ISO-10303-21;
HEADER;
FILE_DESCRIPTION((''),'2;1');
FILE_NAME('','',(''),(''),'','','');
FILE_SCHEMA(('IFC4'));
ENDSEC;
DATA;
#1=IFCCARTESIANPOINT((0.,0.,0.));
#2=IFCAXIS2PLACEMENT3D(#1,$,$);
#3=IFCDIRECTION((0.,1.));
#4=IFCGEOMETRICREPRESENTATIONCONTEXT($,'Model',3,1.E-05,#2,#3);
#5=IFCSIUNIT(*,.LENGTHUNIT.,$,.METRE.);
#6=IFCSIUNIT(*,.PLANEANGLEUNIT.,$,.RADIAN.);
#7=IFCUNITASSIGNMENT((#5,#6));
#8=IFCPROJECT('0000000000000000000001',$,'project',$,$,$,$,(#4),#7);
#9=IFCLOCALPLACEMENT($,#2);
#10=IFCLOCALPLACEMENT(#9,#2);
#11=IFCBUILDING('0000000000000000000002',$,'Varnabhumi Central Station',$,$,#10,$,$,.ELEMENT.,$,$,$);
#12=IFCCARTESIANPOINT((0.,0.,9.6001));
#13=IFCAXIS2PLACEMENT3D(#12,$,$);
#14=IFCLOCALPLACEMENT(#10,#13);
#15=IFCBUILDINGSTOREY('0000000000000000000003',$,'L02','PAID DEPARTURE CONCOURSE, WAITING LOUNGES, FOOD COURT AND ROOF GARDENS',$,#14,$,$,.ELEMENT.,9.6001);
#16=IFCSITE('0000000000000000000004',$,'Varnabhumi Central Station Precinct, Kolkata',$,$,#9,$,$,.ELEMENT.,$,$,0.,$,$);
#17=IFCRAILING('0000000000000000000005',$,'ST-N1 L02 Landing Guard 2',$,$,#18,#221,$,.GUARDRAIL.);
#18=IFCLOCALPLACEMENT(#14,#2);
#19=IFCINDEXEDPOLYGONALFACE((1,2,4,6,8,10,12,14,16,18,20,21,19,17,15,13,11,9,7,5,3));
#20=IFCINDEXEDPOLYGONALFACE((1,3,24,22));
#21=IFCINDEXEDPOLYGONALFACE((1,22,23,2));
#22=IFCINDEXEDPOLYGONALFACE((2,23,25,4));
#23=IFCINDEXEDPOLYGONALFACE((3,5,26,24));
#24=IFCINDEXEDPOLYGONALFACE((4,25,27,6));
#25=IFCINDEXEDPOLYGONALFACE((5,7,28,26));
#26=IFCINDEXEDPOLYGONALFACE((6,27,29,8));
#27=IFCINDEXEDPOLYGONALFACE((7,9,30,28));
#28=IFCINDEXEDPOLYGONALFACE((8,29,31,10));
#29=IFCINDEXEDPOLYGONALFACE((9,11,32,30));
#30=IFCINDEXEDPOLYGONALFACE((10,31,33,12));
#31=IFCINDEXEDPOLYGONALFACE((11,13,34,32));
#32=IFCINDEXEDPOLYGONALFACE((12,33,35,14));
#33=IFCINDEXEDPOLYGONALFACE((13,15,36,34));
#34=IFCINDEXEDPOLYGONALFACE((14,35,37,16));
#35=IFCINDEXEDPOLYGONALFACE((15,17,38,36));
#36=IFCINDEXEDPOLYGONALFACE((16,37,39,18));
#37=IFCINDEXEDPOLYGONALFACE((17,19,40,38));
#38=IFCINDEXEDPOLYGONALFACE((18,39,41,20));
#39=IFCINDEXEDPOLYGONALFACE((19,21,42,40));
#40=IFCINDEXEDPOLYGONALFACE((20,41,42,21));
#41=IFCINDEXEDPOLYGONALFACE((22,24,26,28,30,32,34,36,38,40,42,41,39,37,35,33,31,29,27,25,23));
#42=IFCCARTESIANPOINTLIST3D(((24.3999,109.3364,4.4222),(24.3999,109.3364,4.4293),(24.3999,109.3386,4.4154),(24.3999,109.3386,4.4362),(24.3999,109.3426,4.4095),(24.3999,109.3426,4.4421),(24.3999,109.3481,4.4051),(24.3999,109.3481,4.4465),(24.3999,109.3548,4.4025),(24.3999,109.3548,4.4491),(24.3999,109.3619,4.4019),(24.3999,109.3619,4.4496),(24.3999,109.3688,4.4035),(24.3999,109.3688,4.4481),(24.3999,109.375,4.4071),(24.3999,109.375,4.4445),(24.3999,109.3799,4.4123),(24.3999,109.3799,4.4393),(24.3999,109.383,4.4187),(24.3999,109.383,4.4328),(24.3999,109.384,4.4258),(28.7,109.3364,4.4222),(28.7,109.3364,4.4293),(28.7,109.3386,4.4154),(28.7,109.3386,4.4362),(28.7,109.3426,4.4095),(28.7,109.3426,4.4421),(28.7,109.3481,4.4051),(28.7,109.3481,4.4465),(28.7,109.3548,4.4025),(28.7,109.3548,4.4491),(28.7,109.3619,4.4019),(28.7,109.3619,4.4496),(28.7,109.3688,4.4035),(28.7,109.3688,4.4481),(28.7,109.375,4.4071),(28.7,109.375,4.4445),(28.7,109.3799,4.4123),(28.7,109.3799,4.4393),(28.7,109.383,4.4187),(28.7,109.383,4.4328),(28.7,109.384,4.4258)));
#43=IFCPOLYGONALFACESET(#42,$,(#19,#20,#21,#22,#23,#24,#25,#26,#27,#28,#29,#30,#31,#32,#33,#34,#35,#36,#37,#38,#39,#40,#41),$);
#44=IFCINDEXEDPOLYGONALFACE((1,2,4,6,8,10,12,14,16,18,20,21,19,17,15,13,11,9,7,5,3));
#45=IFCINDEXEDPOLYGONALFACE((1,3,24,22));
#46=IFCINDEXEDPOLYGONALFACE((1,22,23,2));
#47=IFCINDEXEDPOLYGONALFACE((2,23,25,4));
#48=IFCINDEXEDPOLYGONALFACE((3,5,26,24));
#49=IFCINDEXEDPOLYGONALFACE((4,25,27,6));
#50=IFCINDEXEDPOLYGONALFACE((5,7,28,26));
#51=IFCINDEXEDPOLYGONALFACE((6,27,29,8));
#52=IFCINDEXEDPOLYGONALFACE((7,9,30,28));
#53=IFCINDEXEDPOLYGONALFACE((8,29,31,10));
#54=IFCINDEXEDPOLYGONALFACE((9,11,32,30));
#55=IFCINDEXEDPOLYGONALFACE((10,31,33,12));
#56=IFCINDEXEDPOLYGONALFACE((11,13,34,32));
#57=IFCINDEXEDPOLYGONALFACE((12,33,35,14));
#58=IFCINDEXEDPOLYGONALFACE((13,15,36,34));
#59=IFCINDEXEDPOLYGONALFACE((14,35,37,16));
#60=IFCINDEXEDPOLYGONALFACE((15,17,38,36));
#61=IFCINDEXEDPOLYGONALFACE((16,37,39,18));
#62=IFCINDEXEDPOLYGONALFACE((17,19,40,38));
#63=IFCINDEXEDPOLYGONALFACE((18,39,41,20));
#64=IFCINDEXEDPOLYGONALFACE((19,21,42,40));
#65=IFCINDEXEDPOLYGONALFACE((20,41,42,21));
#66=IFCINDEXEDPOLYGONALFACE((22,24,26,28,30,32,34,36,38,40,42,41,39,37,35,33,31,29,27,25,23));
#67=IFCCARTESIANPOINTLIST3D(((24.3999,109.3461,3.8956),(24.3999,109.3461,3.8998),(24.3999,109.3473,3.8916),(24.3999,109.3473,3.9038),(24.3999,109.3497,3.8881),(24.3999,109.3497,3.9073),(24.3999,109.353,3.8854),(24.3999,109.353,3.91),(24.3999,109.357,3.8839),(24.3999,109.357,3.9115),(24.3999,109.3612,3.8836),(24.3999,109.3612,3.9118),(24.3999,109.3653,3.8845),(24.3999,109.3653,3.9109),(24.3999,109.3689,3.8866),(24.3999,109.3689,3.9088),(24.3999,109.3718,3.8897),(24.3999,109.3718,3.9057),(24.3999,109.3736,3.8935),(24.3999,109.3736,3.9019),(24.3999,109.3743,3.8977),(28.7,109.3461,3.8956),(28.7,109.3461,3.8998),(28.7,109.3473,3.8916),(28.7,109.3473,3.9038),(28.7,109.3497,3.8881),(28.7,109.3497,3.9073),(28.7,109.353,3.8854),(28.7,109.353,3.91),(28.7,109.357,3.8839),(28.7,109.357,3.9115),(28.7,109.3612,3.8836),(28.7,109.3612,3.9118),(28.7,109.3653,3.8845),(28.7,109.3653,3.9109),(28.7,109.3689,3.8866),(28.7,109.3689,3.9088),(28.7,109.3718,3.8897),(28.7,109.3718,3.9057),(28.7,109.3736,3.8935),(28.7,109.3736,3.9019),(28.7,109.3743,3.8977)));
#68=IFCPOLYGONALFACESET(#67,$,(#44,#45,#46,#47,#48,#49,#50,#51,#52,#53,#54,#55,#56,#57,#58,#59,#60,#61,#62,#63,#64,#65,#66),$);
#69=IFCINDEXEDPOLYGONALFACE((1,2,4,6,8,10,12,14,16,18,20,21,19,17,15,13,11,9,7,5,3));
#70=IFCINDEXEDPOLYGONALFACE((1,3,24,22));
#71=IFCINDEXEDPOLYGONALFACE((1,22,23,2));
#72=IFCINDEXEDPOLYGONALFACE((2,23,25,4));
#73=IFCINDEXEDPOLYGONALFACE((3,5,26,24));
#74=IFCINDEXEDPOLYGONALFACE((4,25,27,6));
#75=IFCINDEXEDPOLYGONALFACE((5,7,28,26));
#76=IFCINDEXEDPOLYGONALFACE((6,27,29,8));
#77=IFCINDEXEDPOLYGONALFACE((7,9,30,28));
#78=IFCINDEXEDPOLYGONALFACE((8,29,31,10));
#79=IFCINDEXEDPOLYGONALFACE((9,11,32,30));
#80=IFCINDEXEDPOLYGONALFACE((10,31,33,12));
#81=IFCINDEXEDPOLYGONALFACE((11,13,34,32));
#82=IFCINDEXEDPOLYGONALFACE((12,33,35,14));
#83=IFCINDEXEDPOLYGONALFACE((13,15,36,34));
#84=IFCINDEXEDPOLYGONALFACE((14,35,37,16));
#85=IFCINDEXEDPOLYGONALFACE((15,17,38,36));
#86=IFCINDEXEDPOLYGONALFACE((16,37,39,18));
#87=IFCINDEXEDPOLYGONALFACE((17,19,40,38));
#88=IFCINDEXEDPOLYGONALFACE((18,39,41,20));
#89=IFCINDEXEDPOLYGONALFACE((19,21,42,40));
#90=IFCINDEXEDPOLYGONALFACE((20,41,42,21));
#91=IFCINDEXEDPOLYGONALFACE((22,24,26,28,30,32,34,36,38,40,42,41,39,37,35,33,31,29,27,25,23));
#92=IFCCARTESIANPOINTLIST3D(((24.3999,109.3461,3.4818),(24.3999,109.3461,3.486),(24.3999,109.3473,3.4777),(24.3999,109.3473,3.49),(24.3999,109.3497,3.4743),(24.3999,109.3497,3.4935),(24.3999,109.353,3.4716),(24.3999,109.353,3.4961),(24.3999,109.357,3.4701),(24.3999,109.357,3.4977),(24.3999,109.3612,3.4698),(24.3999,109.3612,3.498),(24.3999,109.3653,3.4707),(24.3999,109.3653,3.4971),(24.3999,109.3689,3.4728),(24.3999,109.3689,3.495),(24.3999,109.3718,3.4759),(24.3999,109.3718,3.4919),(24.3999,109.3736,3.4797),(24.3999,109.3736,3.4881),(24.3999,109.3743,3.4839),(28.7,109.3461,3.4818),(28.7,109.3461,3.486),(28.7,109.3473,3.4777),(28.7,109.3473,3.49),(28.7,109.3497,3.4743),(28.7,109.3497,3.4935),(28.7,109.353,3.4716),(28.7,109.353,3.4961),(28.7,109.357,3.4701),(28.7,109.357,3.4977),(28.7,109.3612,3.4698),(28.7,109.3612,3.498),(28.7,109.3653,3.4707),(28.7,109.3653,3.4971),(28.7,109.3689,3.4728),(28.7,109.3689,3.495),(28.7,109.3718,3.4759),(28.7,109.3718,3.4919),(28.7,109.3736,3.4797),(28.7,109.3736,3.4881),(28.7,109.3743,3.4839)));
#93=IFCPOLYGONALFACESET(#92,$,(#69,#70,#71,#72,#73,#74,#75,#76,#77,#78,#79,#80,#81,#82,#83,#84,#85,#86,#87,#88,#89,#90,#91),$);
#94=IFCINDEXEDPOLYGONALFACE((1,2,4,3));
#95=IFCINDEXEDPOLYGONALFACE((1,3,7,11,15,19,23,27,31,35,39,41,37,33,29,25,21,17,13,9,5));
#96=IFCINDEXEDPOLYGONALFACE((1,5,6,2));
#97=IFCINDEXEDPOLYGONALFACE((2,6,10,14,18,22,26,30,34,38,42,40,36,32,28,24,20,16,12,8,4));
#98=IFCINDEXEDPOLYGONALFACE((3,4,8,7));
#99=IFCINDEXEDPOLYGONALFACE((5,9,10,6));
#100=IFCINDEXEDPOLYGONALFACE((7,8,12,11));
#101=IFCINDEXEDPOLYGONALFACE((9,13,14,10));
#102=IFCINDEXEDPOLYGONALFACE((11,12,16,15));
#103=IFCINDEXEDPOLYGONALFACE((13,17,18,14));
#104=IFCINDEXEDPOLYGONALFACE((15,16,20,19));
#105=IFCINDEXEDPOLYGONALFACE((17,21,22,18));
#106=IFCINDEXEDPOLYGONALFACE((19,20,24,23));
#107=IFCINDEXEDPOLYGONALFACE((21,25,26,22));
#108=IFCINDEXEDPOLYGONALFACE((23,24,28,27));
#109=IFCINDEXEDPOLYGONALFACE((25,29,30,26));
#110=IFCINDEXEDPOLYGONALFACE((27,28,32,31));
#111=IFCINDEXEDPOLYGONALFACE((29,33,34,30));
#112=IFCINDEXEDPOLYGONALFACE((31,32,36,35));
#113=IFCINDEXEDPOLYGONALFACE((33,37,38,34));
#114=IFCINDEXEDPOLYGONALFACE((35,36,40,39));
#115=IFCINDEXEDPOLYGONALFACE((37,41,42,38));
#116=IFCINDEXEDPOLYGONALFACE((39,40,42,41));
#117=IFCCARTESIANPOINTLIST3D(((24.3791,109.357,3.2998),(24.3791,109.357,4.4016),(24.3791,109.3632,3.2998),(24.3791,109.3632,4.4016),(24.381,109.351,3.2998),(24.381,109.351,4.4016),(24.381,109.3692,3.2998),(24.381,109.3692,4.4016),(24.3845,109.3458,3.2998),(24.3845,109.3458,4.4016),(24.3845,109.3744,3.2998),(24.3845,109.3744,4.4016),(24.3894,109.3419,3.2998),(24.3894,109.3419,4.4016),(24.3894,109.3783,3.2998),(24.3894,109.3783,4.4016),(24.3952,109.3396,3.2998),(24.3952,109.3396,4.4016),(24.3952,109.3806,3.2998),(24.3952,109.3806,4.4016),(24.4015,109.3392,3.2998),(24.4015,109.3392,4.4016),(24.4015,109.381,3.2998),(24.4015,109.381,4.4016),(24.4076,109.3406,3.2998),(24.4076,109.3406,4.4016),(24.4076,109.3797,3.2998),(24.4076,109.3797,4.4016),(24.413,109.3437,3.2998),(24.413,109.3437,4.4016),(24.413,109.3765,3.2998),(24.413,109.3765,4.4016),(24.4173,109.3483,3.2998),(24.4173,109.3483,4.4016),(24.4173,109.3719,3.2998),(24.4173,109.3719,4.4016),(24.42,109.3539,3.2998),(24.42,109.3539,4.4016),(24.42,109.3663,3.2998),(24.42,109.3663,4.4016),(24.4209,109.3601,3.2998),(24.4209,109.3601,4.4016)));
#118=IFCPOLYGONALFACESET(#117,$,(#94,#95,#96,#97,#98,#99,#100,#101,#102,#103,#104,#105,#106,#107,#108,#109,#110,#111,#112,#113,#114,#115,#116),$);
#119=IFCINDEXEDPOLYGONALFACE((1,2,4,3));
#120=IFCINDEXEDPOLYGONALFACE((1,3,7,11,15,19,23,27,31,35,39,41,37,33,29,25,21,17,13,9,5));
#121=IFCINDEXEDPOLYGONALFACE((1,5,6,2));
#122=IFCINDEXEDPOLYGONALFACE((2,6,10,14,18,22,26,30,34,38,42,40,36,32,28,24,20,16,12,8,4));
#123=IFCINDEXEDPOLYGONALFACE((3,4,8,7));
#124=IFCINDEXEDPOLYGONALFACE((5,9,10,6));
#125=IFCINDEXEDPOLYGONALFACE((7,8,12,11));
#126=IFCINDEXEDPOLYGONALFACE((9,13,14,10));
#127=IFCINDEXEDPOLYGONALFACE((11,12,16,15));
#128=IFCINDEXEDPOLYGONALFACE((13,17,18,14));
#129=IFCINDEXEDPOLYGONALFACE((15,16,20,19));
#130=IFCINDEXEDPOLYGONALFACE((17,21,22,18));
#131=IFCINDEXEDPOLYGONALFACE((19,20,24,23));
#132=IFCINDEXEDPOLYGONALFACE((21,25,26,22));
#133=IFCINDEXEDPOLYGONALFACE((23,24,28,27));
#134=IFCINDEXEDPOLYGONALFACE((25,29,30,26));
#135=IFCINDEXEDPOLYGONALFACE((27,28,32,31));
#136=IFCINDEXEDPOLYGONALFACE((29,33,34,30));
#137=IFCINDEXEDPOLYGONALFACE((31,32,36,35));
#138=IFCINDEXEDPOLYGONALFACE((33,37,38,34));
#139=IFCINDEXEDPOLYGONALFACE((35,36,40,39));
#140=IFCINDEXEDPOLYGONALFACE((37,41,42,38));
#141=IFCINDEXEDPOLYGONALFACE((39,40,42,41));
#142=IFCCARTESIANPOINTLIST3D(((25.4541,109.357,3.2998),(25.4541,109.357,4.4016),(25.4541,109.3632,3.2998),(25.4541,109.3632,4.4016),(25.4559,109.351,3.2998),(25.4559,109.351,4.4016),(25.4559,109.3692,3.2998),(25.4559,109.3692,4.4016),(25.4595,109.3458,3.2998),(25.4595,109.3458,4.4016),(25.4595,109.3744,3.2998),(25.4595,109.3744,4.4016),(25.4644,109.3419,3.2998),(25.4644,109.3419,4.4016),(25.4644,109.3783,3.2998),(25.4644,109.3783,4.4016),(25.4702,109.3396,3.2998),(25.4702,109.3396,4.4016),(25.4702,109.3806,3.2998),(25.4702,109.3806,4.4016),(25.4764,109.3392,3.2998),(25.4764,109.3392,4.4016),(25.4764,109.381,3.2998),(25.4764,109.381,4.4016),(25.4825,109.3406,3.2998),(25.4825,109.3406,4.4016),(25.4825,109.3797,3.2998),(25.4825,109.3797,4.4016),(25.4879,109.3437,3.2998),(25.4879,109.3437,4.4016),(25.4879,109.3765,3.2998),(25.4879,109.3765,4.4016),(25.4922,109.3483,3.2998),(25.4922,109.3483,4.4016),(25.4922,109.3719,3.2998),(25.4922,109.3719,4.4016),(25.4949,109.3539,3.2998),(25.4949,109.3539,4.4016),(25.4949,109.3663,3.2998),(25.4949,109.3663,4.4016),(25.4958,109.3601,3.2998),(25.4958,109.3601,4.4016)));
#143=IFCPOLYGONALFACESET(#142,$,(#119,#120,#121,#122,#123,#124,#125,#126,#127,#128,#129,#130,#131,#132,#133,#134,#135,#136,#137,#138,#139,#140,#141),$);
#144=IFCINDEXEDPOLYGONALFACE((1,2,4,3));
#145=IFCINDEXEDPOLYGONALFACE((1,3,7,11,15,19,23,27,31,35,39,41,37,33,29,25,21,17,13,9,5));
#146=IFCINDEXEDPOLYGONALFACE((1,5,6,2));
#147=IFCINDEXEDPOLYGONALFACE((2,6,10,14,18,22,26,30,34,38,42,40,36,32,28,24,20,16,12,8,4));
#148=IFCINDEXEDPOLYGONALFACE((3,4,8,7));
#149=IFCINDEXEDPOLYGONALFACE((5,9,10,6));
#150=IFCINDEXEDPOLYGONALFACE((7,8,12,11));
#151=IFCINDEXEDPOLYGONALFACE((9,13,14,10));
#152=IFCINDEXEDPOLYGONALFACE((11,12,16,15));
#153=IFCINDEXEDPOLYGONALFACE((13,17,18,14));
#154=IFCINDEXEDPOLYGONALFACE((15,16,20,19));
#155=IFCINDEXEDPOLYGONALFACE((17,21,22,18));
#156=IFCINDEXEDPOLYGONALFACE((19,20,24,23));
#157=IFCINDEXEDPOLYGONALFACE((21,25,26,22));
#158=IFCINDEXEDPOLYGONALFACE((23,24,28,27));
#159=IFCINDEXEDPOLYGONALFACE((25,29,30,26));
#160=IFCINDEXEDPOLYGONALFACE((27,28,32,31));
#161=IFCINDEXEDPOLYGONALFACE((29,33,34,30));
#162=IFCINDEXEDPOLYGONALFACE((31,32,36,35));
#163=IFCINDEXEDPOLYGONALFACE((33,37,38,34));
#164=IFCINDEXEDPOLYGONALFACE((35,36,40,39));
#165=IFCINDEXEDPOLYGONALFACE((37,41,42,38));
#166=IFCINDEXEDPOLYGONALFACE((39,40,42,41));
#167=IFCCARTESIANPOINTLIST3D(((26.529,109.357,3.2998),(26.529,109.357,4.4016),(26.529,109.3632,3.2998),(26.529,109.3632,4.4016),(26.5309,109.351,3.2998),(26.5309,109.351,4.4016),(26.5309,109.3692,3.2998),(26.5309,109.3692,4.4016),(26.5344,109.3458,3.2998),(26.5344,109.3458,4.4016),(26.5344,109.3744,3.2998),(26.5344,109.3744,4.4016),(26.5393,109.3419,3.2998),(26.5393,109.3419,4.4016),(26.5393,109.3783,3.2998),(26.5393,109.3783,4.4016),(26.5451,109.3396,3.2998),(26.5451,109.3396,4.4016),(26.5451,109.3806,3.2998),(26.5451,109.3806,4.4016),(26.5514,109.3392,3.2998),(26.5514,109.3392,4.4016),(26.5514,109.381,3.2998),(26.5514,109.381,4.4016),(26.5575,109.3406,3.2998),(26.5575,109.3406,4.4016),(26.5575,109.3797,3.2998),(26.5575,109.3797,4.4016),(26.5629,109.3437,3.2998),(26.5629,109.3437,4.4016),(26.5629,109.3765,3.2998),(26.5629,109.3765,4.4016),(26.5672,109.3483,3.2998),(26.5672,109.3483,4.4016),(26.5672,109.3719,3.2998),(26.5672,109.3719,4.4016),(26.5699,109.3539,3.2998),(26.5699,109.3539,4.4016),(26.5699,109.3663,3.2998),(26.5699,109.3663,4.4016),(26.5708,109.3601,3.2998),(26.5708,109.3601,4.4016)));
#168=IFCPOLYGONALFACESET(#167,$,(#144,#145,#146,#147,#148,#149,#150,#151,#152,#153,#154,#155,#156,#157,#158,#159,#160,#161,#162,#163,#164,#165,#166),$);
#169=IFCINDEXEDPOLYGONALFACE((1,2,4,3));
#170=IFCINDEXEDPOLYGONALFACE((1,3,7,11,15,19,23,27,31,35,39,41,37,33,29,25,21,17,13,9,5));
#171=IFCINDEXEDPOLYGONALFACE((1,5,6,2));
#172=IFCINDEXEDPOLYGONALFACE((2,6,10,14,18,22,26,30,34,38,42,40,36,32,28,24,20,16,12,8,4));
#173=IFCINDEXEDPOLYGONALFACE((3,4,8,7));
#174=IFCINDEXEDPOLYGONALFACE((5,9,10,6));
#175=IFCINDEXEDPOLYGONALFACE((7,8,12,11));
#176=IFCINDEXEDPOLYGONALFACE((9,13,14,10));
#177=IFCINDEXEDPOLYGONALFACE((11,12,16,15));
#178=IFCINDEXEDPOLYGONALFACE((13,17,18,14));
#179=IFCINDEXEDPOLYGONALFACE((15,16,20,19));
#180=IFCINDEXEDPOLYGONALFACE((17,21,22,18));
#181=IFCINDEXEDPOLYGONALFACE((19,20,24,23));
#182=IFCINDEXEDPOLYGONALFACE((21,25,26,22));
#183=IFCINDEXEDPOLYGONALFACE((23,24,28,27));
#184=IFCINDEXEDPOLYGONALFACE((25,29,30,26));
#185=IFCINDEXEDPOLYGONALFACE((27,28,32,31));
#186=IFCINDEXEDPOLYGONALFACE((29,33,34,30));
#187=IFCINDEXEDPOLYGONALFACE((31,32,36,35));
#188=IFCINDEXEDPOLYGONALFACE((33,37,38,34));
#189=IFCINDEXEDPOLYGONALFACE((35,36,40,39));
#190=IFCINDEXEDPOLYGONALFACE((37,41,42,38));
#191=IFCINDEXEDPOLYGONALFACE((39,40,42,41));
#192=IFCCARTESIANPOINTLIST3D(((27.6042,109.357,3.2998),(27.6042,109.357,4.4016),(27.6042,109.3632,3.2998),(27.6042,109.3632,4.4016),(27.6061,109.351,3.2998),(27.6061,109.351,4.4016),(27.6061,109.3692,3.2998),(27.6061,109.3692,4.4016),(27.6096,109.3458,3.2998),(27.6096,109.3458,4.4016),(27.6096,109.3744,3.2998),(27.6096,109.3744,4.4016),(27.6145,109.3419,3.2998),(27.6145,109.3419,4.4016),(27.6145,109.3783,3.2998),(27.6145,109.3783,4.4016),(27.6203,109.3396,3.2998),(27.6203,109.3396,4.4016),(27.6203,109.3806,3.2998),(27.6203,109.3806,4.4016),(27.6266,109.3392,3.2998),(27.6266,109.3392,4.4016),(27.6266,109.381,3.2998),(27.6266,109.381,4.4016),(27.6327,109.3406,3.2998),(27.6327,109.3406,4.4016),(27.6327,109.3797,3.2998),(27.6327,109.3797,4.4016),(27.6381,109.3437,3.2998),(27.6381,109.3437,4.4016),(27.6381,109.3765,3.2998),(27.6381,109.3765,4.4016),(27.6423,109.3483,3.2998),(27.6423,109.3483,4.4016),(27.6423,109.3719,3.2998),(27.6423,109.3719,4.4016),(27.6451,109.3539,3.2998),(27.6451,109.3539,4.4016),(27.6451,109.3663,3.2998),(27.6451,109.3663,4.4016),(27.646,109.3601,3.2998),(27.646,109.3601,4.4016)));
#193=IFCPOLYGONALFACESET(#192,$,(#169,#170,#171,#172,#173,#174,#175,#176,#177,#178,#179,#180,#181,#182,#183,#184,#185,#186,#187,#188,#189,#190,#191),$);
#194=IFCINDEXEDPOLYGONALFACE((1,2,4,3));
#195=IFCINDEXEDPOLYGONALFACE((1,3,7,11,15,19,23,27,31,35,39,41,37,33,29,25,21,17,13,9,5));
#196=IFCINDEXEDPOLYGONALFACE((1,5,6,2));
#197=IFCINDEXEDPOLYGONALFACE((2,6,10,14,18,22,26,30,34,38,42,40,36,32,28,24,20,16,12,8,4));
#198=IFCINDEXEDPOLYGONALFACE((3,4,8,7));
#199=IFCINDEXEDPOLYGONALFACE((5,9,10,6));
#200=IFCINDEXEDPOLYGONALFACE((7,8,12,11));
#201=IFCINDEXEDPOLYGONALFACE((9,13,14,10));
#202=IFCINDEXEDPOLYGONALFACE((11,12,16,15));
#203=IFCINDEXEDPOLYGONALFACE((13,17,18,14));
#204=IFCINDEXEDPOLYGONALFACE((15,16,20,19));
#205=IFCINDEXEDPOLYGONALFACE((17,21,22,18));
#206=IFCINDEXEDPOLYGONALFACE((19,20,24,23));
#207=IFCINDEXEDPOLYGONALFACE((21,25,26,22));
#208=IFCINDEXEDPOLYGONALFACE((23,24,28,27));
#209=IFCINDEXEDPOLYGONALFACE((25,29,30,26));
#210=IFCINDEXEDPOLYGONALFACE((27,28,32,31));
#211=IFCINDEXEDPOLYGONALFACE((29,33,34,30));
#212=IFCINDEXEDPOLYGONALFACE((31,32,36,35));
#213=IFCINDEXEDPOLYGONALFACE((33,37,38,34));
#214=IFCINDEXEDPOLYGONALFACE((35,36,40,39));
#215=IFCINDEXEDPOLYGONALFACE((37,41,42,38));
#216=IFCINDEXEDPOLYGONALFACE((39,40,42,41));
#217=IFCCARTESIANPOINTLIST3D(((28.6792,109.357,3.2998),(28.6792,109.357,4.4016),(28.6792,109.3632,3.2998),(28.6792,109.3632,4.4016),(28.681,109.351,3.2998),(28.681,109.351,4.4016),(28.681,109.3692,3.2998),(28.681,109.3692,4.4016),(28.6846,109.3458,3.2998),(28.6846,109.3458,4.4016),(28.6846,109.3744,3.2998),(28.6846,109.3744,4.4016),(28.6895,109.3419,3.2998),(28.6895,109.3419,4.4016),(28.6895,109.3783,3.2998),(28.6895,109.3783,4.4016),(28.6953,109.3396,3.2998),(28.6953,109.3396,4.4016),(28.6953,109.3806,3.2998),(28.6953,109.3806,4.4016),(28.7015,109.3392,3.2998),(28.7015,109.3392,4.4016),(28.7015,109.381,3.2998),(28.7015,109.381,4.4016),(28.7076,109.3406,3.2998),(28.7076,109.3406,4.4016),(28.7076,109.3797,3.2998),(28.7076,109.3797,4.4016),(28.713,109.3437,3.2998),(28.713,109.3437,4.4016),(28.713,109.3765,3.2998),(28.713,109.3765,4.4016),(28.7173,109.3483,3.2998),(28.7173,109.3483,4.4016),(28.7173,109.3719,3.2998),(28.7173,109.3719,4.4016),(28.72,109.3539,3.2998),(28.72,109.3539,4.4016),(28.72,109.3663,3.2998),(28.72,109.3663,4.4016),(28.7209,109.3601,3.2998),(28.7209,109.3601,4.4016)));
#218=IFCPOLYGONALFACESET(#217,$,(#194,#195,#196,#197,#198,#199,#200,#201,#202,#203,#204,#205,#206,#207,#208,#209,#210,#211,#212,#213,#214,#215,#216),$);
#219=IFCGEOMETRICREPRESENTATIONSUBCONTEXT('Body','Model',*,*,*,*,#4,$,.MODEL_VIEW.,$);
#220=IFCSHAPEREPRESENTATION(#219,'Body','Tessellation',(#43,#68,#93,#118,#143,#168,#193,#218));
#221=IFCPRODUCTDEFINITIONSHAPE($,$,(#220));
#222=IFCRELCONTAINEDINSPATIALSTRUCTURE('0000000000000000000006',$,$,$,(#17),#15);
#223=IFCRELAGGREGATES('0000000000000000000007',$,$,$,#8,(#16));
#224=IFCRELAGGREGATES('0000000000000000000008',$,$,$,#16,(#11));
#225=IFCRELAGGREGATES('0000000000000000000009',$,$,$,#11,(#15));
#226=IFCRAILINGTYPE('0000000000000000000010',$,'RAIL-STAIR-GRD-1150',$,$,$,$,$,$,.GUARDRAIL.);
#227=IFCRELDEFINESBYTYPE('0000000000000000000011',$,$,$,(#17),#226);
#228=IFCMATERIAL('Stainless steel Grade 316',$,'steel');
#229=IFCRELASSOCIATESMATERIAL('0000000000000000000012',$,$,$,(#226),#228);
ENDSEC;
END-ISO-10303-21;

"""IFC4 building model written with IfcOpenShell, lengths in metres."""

from ifc_helpers import new_model, si_unit, direction, frame, origin, origin_2d, place, context, subcontext, project, spatial, circle, extrude, material, type_object, element, save


model = new_model("IFC4")

# Units and contexts
model_context = context("Model", 3, precision=1e-05, world=origin(), true_north=direction((0.0, 1.0)))
body_context = subcontext(model_context, "Body", "Model", "MODEL_VIEW")
ifc_project = project(units=[si_unit("LENGTHUNIT", "METRE"), si_unit("PLANEANGLEUNIT", "RADIAN")], contexts=[model_context])

# Site, building, storey
site_placement = place(None, origin())
site = spatial("IfcSite", under=ifc_project, at=site_placement, Name="Varnabhumi Central Station Precinct, Kolkata", CompositionType="ELEMENT", RefElevation=0.0)
building_placement = place(site_placement, origin())
building = spatial("IfcBuilding", under=site, at=building_placement, Name="Varnabhumi Central Station", CompositionType="ELEMENT")
storey_placement = place(building_placement, frame((0.0, 0.0, 9.6001)))
storey = spatial("IfcBuildingStorey", under=building, at=storey_placement, Name="L02", Description="PAID DEPARTURE CONCOURSE, WAITING LOUNGES, FOOD COURT AND ROOF GARDENS", CompositionType="ELEMENT", Elevation=9.6001)

# Shared definitions
ifc_material_1 = material(Name="Stainless steel Grade 316", Category="steel")

# Railing
railing_type_1 = type_object("IfcRailingType", Name="RAIL-STAIR-GRD-1150", PredefinedType="GUARDRAIL", material=ifc_material_1)
railing_1_placement = place(storey_placement, frame((24.3999, 109.3601, 3.2998)))
element("IfcRailing", 1, at=railing_1_placement, inside=storey, type_object=railing_type_1, Name="ST-N1 L02 Landing Guard 2", PredefinedType="GUARDRAIL", context=body_context, shape_type="SweptSolid", body=[
    extrude(circle(Radius=0.0239, at=origin_2d()), frame((0.0, 0.0, 1.126), z_axis=(1.0, 0.0, 0.0), x_axis=(0.0, 1.0, 0.0)), (0.0, 0.0, 1.0), 4.3),
    extrude(circle(Radius=0.0142, at=origin_2d()), frame((0.0, 0.0, 0.5979), z_axis=(1.0, 0.0, 0.0), x_axis=(0.0, 1.0, 0.0)), (0.0, 0.0, 1.0), 4.3),
    extrude(circle(Radius=0.0142, at=origin_2d()), frame((0.0, 0.0, 0.1841), z_axis=(1.0, 0.0, 0.0), x_axis=(0.0, 1.0, 0.0)), (0.0, 0.0, 1.0), 4.3),
    extrude(circle(Radius=0.021, at=origin_2d()), origin(), (0.0, 0.0, 1.0), 1.1018),
    extrude(circle(Radius=0.021, at=origin_2d()), frame((1.075, 0.0, 0.0)), (0.0, 0.0, 1.0), 1.1018),
    extrude(circle(Radius=0.021, at=origin_2d()), frame((2.1499, 0.0, 0.0)), (0.0, 0.0, 1.0), 1.1018),
    extrude(circle(Radius=0.021, at=origin_2d()), frame((3.2251, 0.0, 0.0)), (0.0, 0.0, 1.0), 1.1018),
    extrude(circle(Radius=0.021, at=origin_2d()), frame((4.3, 0.0, 0.0)), (0.0, 0.0, 1.0), 1.1018),
])

save(model, "model.ifc")
